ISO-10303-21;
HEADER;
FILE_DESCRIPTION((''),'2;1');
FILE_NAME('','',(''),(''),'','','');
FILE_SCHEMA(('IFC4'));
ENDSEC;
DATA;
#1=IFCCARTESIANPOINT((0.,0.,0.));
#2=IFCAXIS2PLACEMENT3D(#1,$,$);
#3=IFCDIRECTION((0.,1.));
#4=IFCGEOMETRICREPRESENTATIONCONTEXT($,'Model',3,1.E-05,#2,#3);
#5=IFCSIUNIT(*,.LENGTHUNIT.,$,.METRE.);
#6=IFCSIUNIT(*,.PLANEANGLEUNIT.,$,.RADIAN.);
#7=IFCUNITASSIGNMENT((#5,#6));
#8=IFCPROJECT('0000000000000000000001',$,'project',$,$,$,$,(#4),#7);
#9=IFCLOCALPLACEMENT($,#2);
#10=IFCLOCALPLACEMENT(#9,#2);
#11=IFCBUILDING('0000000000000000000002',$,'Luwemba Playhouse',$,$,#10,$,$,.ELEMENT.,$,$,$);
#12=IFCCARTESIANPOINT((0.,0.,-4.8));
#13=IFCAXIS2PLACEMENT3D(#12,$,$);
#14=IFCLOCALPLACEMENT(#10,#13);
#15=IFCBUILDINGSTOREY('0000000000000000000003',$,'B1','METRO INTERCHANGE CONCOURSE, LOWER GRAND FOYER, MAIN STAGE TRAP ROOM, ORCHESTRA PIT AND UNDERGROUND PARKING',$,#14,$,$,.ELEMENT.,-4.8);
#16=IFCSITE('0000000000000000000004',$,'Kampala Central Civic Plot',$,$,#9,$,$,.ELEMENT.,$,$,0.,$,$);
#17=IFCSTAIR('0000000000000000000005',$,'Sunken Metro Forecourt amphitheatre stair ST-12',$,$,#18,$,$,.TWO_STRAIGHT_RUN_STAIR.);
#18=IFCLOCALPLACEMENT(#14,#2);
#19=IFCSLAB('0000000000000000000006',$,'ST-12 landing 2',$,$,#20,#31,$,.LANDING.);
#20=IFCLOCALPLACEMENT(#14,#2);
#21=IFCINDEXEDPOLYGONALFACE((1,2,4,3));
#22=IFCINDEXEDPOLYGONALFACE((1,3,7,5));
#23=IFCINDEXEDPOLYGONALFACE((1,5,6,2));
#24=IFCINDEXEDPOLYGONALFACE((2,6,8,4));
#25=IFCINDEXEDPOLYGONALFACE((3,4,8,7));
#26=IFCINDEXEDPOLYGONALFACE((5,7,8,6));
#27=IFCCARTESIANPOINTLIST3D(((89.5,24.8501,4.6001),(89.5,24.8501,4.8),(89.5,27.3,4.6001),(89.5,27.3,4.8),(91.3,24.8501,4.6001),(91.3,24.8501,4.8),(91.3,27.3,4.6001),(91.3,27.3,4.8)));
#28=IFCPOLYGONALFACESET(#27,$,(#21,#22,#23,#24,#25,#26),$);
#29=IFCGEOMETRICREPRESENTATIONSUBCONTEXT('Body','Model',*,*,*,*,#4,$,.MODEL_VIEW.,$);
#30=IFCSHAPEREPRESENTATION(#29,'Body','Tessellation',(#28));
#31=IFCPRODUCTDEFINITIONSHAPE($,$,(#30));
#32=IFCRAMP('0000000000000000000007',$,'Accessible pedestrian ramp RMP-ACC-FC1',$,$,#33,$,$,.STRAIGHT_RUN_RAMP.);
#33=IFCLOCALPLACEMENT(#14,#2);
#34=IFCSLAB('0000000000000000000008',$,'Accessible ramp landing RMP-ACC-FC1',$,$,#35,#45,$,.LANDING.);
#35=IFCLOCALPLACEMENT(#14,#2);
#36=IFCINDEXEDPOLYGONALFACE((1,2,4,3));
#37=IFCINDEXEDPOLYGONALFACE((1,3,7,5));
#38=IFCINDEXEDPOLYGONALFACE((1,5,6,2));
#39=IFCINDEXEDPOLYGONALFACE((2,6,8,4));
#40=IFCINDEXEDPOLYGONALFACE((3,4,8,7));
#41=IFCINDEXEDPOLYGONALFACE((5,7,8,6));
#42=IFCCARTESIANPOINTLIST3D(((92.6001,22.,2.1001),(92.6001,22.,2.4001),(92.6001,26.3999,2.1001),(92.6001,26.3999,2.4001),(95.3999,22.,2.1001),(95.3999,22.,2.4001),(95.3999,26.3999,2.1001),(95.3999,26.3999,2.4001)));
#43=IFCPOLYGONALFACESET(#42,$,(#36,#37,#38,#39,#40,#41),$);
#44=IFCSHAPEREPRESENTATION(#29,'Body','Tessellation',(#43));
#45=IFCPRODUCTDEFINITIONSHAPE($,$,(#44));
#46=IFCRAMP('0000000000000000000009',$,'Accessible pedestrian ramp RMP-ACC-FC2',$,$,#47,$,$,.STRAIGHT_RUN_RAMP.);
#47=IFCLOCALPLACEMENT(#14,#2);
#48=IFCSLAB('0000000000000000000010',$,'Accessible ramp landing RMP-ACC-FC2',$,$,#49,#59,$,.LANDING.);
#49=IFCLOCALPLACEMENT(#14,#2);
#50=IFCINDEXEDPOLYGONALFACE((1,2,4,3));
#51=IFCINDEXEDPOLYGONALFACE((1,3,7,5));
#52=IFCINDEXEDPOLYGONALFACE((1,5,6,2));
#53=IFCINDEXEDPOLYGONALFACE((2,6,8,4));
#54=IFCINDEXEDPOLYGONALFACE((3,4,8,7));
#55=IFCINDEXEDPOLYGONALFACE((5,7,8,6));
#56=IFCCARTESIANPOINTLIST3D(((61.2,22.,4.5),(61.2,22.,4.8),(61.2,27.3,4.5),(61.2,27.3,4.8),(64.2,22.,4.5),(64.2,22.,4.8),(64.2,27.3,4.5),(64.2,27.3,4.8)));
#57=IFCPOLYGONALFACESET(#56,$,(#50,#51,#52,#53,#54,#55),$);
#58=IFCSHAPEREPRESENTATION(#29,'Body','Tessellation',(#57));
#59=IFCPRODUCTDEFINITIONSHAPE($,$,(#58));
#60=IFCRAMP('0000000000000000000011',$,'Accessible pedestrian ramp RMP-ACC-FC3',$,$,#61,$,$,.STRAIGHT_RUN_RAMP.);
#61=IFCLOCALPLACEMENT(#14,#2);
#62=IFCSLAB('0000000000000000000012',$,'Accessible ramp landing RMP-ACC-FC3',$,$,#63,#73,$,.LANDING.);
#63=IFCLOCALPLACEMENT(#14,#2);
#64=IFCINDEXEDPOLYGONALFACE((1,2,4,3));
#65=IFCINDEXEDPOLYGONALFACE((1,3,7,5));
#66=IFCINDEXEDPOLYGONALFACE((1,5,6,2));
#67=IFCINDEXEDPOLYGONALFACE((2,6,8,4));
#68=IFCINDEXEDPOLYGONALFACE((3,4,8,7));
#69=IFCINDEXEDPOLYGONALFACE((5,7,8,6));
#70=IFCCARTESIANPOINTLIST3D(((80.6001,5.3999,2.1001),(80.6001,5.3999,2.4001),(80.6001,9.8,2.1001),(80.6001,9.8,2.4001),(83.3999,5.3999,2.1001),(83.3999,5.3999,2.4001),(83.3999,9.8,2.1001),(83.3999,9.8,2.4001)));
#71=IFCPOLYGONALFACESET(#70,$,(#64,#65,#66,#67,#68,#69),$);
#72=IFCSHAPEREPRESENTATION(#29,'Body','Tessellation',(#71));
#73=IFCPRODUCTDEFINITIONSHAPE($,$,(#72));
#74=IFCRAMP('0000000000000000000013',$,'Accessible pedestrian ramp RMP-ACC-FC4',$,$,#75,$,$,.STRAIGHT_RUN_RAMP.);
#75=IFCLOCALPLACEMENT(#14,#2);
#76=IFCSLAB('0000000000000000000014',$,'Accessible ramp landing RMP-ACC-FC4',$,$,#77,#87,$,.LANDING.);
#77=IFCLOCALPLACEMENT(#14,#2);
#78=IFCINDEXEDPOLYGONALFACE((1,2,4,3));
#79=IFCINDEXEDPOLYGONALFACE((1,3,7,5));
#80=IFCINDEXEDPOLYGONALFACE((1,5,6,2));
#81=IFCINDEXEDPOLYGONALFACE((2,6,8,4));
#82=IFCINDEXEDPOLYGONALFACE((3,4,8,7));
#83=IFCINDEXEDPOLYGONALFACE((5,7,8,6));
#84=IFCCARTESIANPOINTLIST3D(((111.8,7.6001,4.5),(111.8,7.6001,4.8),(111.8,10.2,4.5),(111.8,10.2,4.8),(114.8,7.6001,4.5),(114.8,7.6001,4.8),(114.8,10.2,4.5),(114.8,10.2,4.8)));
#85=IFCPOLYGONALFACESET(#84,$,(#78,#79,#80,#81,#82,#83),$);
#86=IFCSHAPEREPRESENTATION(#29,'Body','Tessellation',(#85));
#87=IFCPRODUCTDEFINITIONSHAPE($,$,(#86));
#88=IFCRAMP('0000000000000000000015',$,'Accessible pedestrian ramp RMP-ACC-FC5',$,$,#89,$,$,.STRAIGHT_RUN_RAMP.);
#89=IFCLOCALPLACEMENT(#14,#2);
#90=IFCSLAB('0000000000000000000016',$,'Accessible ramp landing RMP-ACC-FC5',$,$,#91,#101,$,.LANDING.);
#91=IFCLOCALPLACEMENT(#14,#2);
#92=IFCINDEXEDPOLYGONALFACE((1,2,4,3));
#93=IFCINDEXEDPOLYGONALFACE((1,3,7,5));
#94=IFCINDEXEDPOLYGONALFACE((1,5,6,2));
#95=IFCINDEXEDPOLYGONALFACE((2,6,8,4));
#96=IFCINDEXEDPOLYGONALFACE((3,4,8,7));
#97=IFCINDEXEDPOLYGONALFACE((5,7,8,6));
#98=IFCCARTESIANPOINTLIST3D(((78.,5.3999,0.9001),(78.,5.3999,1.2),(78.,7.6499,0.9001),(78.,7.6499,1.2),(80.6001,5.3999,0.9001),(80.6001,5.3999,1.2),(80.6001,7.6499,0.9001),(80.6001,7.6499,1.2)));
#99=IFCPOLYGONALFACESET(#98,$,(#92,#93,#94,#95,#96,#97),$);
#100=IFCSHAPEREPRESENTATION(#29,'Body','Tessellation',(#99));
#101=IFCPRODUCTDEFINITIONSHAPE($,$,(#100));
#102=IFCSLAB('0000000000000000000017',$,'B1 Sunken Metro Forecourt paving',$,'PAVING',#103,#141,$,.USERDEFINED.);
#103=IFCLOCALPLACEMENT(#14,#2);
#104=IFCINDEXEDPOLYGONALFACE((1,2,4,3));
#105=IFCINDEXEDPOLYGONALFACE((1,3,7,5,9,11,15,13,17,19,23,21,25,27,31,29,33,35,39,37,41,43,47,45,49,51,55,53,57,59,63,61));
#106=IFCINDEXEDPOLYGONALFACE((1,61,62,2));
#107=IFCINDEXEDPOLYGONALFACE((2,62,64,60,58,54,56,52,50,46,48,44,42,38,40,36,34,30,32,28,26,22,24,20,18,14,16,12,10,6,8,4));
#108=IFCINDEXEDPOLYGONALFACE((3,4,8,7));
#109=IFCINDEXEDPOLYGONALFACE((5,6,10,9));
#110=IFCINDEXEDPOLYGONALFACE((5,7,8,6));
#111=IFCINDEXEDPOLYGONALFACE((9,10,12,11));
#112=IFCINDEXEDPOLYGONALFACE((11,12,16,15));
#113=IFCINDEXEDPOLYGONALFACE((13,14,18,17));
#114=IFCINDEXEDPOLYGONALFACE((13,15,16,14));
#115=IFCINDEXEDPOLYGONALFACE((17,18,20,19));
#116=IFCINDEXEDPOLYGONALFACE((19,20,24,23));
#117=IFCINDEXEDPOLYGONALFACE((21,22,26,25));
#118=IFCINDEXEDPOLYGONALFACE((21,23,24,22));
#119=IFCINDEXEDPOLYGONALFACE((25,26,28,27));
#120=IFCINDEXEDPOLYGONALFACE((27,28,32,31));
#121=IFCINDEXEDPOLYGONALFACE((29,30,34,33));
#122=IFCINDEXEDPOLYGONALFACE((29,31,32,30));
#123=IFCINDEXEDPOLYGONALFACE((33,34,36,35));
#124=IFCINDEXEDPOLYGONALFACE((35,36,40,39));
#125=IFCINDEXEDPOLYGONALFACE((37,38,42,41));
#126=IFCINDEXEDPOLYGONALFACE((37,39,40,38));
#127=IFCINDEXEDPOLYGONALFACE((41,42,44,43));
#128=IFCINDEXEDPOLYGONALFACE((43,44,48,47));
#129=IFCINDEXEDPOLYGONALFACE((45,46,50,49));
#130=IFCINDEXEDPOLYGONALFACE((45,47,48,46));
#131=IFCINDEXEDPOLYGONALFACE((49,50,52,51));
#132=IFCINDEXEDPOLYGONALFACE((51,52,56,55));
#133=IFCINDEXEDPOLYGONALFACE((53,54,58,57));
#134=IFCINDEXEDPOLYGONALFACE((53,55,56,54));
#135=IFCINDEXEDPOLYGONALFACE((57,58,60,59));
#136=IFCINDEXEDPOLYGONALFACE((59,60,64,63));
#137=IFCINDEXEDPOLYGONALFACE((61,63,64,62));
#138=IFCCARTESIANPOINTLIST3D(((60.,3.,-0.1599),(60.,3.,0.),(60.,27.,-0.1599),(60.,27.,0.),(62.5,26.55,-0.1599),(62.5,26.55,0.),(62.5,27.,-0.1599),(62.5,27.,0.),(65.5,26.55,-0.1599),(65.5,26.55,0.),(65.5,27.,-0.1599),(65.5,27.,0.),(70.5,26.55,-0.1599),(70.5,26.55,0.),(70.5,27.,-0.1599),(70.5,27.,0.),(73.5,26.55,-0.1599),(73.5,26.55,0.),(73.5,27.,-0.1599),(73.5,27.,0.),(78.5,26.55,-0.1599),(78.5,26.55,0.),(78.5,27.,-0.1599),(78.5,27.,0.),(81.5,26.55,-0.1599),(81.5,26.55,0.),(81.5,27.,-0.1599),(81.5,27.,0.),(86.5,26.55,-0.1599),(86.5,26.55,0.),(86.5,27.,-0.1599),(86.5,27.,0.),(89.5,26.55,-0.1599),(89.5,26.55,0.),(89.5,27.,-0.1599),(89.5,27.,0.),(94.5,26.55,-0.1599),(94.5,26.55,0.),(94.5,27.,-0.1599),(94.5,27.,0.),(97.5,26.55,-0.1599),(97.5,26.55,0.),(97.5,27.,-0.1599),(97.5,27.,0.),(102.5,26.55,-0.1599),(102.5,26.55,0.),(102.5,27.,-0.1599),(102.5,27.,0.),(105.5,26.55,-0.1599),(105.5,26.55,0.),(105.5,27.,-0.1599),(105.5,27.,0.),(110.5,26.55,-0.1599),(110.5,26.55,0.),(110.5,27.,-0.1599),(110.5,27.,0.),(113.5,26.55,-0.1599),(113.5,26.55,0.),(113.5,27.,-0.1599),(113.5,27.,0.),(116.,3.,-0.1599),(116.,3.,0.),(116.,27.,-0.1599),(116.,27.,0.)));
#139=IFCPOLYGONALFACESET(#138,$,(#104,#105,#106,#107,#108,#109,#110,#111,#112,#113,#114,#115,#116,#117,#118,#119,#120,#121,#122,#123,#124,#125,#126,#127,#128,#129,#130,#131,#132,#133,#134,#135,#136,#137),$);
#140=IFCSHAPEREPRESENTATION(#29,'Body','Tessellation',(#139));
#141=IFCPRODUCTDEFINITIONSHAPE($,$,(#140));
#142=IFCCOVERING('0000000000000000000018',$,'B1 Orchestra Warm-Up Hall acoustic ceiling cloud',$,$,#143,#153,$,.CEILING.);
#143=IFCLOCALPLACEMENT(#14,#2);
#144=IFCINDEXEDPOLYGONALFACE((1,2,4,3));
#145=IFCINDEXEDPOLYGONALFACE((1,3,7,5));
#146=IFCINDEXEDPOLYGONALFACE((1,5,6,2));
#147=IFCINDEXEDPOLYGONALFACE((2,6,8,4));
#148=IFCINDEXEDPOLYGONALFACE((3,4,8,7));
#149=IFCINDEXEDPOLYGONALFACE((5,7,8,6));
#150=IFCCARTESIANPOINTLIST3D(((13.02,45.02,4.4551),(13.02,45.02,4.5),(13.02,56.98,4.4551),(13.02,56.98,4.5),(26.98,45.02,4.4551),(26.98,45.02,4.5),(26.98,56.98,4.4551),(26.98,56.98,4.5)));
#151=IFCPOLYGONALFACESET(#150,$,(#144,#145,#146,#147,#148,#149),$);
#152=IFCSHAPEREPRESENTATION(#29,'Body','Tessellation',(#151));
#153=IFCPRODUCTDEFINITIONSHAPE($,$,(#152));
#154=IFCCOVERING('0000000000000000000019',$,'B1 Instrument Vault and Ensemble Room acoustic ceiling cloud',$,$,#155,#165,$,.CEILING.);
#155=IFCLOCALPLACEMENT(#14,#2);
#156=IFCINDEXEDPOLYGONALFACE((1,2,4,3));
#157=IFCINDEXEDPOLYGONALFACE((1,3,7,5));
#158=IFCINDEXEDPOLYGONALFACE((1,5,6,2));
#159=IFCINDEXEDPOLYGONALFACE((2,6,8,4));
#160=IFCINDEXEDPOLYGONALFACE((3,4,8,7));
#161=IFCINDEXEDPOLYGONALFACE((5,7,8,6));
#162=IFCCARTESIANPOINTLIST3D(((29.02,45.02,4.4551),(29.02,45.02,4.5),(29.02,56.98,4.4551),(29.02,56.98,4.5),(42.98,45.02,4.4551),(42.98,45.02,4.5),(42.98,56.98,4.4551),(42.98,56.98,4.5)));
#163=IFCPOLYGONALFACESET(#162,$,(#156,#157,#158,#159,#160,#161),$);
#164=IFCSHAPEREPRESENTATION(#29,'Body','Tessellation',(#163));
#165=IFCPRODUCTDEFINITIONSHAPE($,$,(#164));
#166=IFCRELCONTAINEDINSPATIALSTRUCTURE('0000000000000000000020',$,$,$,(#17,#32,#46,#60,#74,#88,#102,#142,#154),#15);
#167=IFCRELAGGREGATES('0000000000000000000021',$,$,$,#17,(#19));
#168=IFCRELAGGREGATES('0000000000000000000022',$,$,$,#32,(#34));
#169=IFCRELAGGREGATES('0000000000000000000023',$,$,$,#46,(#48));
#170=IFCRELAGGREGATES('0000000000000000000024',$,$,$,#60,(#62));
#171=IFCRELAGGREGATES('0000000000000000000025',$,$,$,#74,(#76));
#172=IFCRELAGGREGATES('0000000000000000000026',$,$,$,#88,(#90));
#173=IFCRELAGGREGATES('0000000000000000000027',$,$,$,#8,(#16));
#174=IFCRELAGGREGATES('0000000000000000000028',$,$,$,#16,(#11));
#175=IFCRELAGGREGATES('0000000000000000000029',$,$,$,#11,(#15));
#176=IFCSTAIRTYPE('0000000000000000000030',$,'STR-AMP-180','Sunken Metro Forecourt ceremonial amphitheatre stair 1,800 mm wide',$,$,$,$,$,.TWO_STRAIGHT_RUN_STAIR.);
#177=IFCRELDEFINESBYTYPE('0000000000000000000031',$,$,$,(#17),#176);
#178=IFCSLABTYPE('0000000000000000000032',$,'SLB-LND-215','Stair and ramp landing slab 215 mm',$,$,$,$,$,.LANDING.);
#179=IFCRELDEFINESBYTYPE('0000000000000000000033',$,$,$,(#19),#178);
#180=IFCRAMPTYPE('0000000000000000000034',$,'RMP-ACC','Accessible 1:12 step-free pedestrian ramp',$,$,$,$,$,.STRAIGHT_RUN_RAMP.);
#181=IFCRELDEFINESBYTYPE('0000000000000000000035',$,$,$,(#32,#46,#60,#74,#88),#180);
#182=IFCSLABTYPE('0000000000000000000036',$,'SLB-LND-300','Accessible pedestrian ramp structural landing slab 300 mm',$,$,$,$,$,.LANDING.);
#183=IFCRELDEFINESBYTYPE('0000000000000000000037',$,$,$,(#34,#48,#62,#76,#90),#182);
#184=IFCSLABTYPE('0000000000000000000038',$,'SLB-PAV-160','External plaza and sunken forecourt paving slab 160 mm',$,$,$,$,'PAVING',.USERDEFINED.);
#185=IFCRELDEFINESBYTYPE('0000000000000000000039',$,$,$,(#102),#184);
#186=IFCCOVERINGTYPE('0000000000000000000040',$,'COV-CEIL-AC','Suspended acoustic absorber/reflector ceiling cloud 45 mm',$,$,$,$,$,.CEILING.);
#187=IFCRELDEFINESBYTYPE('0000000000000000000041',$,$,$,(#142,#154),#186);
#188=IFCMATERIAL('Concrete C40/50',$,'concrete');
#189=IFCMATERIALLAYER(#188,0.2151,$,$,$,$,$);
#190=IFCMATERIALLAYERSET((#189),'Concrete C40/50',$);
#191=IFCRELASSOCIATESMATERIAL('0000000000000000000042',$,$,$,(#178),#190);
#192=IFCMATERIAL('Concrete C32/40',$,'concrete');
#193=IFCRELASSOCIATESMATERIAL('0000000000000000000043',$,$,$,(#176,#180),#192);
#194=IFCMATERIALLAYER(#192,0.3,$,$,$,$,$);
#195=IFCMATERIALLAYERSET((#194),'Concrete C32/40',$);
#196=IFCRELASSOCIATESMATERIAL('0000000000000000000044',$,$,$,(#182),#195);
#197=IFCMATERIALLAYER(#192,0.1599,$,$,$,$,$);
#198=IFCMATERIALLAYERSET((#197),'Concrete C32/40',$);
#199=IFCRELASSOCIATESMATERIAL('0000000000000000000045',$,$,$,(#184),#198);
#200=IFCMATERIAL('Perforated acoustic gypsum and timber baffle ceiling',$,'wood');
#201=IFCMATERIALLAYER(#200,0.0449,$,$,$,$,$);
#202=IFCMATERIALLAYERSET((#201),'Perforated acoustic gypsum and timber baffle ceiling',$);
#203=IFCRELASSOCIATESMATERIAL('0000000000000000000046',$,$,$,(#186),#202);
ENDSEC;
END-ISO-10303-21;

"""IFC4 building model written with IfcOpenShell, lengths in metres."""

from ifc_helpers import new_model, si_unit, direction, frame, origin, place, context, subcontext, project, spatial, polyline, outline, extrude, material, layer, layer_set, type_object, element, aggregate, save


model = new_model("IFC4")

# Units and contexts
model_context = context("Model", 3, precision=1e-05, world=origin(), true_north=direction((0.0, 1.0)))
body_context = subcontext(model_context, "Body", "Model", "MODEL_VIEW")
ifc_project = project(units=[si_unit("LENGTHUNIT", "METRE"), si_unit("PLANEANGLEUNIT", "RADIAN")], contexts=[model_context])

# Site, building, storey
site_placement = place(None, origin())
site = spatial("IfcSite", under=ifc_project, at=site_placement, Name="Kampala Central Civic Plot", CompositionType="ELEMENT", RefElevation=0.0)
building_placement = place(site_placement, origin())
building = spatial("IfcBuilding", under=site, at=building_placement, Name="Luwemba Playhouse", CompositionType="ELEMENT")
storey_placement = place(building_placement, frame((0.0, 0.0, -4.8)))
storey = spatial("IfcBuildingStorey", under=building, at=storey_placement, Name="B1", Description="METRO INTERCHANGE CONCOURSE, LOWER GRAND FOYER, MAIN STAGE TRAP ROOM, ORCHESTRA PIT AND UNDERGROUND PARKING", CompositionType="ELEMENT", Elevation=-4.8)

# Shared definitions
ifc_material_1 = material(Name="Concrete C32/40", Category="concrete")

# Shared definitions
ifc_material_2 = material(Name="Concrete C40/50", Category="concrete")
ifc_layer_1 = layer(ifc_material_2, 0.2151)
ifc_layer_set_1 = layer_set([ifc_layer_1], Name="Concrete C40/50")
slab_type_1 = type_object("IfcSlabType", Name="SLB-LND-215", Description="Stair and ramp landing slab 215 mm", PredefinedType="LANDING", material=ifc_layer_set_1)

# Stair, slab
stair_type_1 = type_object("IfcStairType", Name="STR-AMP-180", Description="Sunken Metro Forecourt ceremonial amphitheatre stair 1,800 mm wide", PredefinedType="TWO_STRAIGHT_RUN_STAIR", material=ifc_material_1)
stair_1_placement = place(storey_placement, origin())
stair_1 = element("IfcStair", 1, at=stair_1_placement, inside=storey, type_object=stair_type_1, Name="Sunken Metro Forecourt amphitheatre stair ST-12", PredefinedType="TWO_STRAIGHT_RUN_STAIR")
slab_1_placement = place(storey_placement, frame((0.0, 0.0, 4.6001)))
slab_1 = element("IfcSlab", 2, at=slab_1_placement, type_object=slab_type_1, Name="ST-12 landing 2", PredefinedType="LANDING", context=body_context, shape_type="SweptSolid", body=[
    extrude(outline(polyline([(89.5, 24.8501), (91.3, 24.8501), (91.3, 27.3), (89.5, 27.3), (89.5, 24.8501)])), origin(), (0.0, 0.0, 1.0), 0.2),
])
aggregate(stair_1, [slab_1])

# Ramps, slabs
ramp_type = type_object("IfcRampType", Name="RMP-ACC", Description="Accessible 1:12 step-free pedestrian ramp", PredefinedType="STRAIGHT_RUN_RAMP", material=ifc_material_1)
ramp_1_placement = place(storey_placement, origin())
ramp_1 = element("IfcRamp", 3, at=ramp_1_placement, inside=storey, type_object=ramp_type, Name="Accessible pedestrian ramp RMP-ACC-FC1", PredefinedType="STRAIGHT_RUN_RAMP")
ifc_layer_2 = layer(ifc_material_1, 0.3)
ifc_layer_set_2 = layer_set([ifc_layer_2], Name="Concrete C32/40")
slab_type_2 = type_object("IfcSlabType", Name="SLB-LND-300", Description="Accessible pedestrian ramp structural landing slab 300 mm", PredefinedType="LANDING", material=ifc_layer_set_2)
slab_2_placement = place(storey_placement, frame((0.0, 0.0, 2.1001)))
slab_2 = element("IfcSlab", 4, at=slab_2_placement, type_object=slab_type_2, Name="Accessible ramp landing RMP-ACC-FC1", PredefinedType="LANDING", context=body_context, shape_type="SweptSolid", body=[
    extrude(outline(polyline([(92.6001, 22.0), (95.3999, 22.0), (95.3999, 26.3999), (92.6001, 26.3999), (92.6001, 22.0)])), origin(), (0.0, 0.0, 1.0), 0.3),
])
aggregate(ramp_1, [slab_2])
ramp_2_placement = place(storey_placement, origin())
ramp_2 = element("IfcRamp", 5, at=ramp_2_placement, inside=storey, type_object=ramp_type, Name="Accessible pedestrian ramp RMP-ACC-FC2", PredefinedType="STRAIGHT_RUN_RAMP")
slab_3_placement = place(storey_placement, frame((0.0, 0.0, 4.5)))
slab_3 = element("IfcSlab", 6, at=slab_3_placement, type_object=slab_type_2, Name="Accessible ramp landing RMP-ACC-FC2", PredefinedType="LANDING", context=body_context, shape_type="SweptSolid", body=[
    extrude(outline(polyline([(61.2, 22.0), (64.2, 22.0), (64.2, 27.3), (61.2, 27.3), (61.2, 22.0)])), origin(), (0.0, 0.0, 1.0), 0.3),
])
aggregate(ramp_2, [slab_3])
ramp_3_placement = place(storey_placement, origin())
ramp_3 = element("IfcRamp", 7, at=ramp_3_placement, inside=storey, type_object=ramp_type, Name="Accessible pedestrian ramp RMP-ACC-FC3", PredefinedType="STRAIGHT_RUN_RAMP")
slab_4_placement = place(storey_placement, frame((0.0, 0.0, 2.1001)))
slab_4 = element("IfcSlab", 8, at=slab_4_placement, type_object=slab_type_2, Name="Accessible ramp landing RMP-ACC-FC3", PredefinedType="LANDING", context=body_context, shape_type="SweptSolid", body=[
    extrude(outline(polyline([(80.6001, 5.3999), (83.3999, 5.3999), (83.3999, 9.8), (80.6001, 9.8), (80.6001, 5.3999)])), origin(), (0.0, 0.0, 1.0), 0.3),
])
aggregate(ramp_3, [slab_4])
ramp_4_placement = place(storey_placement, origin())
ramp_4 = element("IfcRamp", 9, at=ramp_4_placement, inside=storey, type_object=ramp_type, Name="Accessible pedestrian ramp RMP-ACC-FC4", PredefinedType="STRAIGHT_RUN_RAMP")
slab_5_placement = place(storey_placement, frame((0.0, 0.0, 4.5)))
slab_5 = element("IfcSlab", 10, at=slab_5_placement, type_object=slab_type_2, Name="Accessible ramp landing RMP-ACC-FC4", PredefinedType="LANDING", context=body_context, shape_type="SweptSolid", body=[
    extrude(outline(polyline([(111.8, 7.6001), (114.8, 7.6001), (114.8, 10.2), (111.8, 10.2), (111.8, 7.6001)])), origin(), (0.0, 0.0, 1.0), 0.3),
])
aggregate(ramp_4, [slab_5])
ramp_5_placement = place(storey_placement, origin())
ramp_5 = element("IfcRamp", 11, at=ramp_5_placement, inside=storey, type_object=ramp_type, Name="Accessible pedestrian ramp RMP-ACC-FC5", PredefinedType="STRAIGHT_RUN_RAMP")
slab_6_placement = place(storey_placement, frame((0.0, 0.0, 0.9001)))
slab_6 = element("IfcSlab", 12, at=slab_6_placement, type_object=slab_type_2, Name="Accessible ramp landing RMP-ACC-FC5", PredefinedType="LANDING", context=body_context, shape_type="SweptSolid", body=[
    extrude(outline(polyline([(78.0, 5.3999), (80.6001, 5.3999), (80.6001, 7.6499), (78.0, 7.6499), (78.0, 5.3999)])), origin(), (0.0, 0.0, 1.0), 0.2998),
])
aggregate(ramp_5, [slab_6])

# Slab
ifc_layer_3 = layer(ifc_material_1, 0.1599)
ifc_layer_set_3 = layer_set([ifc_layer_3], Name="Concrete C32/40")
slab_type_3 = type_object("IfcSlabType", Name="SLB-PAV-160", Description="External plaza and sunken forecourt paving slab 160 mm", ElementType="PAVING", PredefinedType="USERDEFINED", material=ifc_layer_set_3)
slab_7_placement = place(storey_placement, frame((0.0, 0.0, -0.1599)))
element("IfcSlab", 13, at=slab_7_placement, inside=storey, type_object=slab_type_3, Name="B1 Sunken Metro Forecourt paving", ObjectType="PAVING", PredefinedType="USERDEFINED", context=body_context, shape_type="SweptSolid", body=[
    extrude(outline(polyline([(60.0, 3.0), (116.0, 3.0), (116.0, 27.0), (113.5, 27.0), (113.5, 26.55), (110.5, 26.55), (110.5, 27.0), (105.5, 27.0), (105.5, 26.55), (102.5, 26.55), (102.5, 27.0), (97.5, 27.0), (97.5, 26.55), (94.5, 26.55), (94.5, 27.0), (89.5, 27.0), (89.5, 26.55), (86.5, 26.55), (86.5, 27.0), (81.5, 27.0), (81.5, 26.55), (78.5, 26.55), (78.5, 27.0), (73.5, 27.0), (73.5, 26.55), (70.5, 26.55), (70.5, 27.0), (65.5, 27.0), (65.5, 26.55), (62.5, 26.55), (62.5, 27.0), (60.0, 27.0), (60.0, 3.0)])), origin(), (0.0, 0.0, 1.0), 0.1599),
])

# Coverings
ifc_material_3 = material(Name="Perforated acoustic gypsum and timber baffle ceiling", Category="wood")
ifc_layer_4 = layer(ifc_material_3, 0.0449)
ifc_layer_set_4 = layer_set([ifc_layer_4], Name="Perforated acoustic gypsum and timber baffle ceiling")
covering_type = type_object("IfcCoveringType", Name="COV-CEIL-AC", Description="Suspended acoustic absorber/reflector ceiling cloud 45 mm", PredefinedType="CEILING", material=ifc_layer_set_4)
covering_1_placement = place(storey_placement, frame((0.0, 0.0, 4.4551)))
element("IfcCovering", 14, at=covering_1_placement, inside=storey, type_object=covering_type, Name="B1 Orchestra Warm-Up Hall acoustic ceiling cloud", PredefinedType="CEILING", context=body_context, shape_type="SweptSolid", body=[
    extrude(outline(polyline([(13.02, 45.02), (26.98, 45.02), (26.98, 56.98), (13.02, 56.98), (13.02, 45.02)])), origin(), (0.0, 0.0, 1.0), 0.0449),
])
covering_2_placement = place(storey_placement, frame((0.0, 0.0, 4.4551)))
element("IfcCovering", 15, at=covering_2_placement, inside=storey, type_object=covering_type, Name="B1 Instrument Vault and Ensemble Room acoustic ceiling cloud", PredefinedType="CEILING", context=body_context, shape_type="SweptSolid", body=[
    extrude(outline(polyline([(29.02, 45.02), (42.98, 45.02), (42.98, 56.98), (29.02, 56.98), (29.02, 45.02)])), origin(), (0.0, 0.0, 1.0), 0.0449),
])

save(model, "model.ifc")
